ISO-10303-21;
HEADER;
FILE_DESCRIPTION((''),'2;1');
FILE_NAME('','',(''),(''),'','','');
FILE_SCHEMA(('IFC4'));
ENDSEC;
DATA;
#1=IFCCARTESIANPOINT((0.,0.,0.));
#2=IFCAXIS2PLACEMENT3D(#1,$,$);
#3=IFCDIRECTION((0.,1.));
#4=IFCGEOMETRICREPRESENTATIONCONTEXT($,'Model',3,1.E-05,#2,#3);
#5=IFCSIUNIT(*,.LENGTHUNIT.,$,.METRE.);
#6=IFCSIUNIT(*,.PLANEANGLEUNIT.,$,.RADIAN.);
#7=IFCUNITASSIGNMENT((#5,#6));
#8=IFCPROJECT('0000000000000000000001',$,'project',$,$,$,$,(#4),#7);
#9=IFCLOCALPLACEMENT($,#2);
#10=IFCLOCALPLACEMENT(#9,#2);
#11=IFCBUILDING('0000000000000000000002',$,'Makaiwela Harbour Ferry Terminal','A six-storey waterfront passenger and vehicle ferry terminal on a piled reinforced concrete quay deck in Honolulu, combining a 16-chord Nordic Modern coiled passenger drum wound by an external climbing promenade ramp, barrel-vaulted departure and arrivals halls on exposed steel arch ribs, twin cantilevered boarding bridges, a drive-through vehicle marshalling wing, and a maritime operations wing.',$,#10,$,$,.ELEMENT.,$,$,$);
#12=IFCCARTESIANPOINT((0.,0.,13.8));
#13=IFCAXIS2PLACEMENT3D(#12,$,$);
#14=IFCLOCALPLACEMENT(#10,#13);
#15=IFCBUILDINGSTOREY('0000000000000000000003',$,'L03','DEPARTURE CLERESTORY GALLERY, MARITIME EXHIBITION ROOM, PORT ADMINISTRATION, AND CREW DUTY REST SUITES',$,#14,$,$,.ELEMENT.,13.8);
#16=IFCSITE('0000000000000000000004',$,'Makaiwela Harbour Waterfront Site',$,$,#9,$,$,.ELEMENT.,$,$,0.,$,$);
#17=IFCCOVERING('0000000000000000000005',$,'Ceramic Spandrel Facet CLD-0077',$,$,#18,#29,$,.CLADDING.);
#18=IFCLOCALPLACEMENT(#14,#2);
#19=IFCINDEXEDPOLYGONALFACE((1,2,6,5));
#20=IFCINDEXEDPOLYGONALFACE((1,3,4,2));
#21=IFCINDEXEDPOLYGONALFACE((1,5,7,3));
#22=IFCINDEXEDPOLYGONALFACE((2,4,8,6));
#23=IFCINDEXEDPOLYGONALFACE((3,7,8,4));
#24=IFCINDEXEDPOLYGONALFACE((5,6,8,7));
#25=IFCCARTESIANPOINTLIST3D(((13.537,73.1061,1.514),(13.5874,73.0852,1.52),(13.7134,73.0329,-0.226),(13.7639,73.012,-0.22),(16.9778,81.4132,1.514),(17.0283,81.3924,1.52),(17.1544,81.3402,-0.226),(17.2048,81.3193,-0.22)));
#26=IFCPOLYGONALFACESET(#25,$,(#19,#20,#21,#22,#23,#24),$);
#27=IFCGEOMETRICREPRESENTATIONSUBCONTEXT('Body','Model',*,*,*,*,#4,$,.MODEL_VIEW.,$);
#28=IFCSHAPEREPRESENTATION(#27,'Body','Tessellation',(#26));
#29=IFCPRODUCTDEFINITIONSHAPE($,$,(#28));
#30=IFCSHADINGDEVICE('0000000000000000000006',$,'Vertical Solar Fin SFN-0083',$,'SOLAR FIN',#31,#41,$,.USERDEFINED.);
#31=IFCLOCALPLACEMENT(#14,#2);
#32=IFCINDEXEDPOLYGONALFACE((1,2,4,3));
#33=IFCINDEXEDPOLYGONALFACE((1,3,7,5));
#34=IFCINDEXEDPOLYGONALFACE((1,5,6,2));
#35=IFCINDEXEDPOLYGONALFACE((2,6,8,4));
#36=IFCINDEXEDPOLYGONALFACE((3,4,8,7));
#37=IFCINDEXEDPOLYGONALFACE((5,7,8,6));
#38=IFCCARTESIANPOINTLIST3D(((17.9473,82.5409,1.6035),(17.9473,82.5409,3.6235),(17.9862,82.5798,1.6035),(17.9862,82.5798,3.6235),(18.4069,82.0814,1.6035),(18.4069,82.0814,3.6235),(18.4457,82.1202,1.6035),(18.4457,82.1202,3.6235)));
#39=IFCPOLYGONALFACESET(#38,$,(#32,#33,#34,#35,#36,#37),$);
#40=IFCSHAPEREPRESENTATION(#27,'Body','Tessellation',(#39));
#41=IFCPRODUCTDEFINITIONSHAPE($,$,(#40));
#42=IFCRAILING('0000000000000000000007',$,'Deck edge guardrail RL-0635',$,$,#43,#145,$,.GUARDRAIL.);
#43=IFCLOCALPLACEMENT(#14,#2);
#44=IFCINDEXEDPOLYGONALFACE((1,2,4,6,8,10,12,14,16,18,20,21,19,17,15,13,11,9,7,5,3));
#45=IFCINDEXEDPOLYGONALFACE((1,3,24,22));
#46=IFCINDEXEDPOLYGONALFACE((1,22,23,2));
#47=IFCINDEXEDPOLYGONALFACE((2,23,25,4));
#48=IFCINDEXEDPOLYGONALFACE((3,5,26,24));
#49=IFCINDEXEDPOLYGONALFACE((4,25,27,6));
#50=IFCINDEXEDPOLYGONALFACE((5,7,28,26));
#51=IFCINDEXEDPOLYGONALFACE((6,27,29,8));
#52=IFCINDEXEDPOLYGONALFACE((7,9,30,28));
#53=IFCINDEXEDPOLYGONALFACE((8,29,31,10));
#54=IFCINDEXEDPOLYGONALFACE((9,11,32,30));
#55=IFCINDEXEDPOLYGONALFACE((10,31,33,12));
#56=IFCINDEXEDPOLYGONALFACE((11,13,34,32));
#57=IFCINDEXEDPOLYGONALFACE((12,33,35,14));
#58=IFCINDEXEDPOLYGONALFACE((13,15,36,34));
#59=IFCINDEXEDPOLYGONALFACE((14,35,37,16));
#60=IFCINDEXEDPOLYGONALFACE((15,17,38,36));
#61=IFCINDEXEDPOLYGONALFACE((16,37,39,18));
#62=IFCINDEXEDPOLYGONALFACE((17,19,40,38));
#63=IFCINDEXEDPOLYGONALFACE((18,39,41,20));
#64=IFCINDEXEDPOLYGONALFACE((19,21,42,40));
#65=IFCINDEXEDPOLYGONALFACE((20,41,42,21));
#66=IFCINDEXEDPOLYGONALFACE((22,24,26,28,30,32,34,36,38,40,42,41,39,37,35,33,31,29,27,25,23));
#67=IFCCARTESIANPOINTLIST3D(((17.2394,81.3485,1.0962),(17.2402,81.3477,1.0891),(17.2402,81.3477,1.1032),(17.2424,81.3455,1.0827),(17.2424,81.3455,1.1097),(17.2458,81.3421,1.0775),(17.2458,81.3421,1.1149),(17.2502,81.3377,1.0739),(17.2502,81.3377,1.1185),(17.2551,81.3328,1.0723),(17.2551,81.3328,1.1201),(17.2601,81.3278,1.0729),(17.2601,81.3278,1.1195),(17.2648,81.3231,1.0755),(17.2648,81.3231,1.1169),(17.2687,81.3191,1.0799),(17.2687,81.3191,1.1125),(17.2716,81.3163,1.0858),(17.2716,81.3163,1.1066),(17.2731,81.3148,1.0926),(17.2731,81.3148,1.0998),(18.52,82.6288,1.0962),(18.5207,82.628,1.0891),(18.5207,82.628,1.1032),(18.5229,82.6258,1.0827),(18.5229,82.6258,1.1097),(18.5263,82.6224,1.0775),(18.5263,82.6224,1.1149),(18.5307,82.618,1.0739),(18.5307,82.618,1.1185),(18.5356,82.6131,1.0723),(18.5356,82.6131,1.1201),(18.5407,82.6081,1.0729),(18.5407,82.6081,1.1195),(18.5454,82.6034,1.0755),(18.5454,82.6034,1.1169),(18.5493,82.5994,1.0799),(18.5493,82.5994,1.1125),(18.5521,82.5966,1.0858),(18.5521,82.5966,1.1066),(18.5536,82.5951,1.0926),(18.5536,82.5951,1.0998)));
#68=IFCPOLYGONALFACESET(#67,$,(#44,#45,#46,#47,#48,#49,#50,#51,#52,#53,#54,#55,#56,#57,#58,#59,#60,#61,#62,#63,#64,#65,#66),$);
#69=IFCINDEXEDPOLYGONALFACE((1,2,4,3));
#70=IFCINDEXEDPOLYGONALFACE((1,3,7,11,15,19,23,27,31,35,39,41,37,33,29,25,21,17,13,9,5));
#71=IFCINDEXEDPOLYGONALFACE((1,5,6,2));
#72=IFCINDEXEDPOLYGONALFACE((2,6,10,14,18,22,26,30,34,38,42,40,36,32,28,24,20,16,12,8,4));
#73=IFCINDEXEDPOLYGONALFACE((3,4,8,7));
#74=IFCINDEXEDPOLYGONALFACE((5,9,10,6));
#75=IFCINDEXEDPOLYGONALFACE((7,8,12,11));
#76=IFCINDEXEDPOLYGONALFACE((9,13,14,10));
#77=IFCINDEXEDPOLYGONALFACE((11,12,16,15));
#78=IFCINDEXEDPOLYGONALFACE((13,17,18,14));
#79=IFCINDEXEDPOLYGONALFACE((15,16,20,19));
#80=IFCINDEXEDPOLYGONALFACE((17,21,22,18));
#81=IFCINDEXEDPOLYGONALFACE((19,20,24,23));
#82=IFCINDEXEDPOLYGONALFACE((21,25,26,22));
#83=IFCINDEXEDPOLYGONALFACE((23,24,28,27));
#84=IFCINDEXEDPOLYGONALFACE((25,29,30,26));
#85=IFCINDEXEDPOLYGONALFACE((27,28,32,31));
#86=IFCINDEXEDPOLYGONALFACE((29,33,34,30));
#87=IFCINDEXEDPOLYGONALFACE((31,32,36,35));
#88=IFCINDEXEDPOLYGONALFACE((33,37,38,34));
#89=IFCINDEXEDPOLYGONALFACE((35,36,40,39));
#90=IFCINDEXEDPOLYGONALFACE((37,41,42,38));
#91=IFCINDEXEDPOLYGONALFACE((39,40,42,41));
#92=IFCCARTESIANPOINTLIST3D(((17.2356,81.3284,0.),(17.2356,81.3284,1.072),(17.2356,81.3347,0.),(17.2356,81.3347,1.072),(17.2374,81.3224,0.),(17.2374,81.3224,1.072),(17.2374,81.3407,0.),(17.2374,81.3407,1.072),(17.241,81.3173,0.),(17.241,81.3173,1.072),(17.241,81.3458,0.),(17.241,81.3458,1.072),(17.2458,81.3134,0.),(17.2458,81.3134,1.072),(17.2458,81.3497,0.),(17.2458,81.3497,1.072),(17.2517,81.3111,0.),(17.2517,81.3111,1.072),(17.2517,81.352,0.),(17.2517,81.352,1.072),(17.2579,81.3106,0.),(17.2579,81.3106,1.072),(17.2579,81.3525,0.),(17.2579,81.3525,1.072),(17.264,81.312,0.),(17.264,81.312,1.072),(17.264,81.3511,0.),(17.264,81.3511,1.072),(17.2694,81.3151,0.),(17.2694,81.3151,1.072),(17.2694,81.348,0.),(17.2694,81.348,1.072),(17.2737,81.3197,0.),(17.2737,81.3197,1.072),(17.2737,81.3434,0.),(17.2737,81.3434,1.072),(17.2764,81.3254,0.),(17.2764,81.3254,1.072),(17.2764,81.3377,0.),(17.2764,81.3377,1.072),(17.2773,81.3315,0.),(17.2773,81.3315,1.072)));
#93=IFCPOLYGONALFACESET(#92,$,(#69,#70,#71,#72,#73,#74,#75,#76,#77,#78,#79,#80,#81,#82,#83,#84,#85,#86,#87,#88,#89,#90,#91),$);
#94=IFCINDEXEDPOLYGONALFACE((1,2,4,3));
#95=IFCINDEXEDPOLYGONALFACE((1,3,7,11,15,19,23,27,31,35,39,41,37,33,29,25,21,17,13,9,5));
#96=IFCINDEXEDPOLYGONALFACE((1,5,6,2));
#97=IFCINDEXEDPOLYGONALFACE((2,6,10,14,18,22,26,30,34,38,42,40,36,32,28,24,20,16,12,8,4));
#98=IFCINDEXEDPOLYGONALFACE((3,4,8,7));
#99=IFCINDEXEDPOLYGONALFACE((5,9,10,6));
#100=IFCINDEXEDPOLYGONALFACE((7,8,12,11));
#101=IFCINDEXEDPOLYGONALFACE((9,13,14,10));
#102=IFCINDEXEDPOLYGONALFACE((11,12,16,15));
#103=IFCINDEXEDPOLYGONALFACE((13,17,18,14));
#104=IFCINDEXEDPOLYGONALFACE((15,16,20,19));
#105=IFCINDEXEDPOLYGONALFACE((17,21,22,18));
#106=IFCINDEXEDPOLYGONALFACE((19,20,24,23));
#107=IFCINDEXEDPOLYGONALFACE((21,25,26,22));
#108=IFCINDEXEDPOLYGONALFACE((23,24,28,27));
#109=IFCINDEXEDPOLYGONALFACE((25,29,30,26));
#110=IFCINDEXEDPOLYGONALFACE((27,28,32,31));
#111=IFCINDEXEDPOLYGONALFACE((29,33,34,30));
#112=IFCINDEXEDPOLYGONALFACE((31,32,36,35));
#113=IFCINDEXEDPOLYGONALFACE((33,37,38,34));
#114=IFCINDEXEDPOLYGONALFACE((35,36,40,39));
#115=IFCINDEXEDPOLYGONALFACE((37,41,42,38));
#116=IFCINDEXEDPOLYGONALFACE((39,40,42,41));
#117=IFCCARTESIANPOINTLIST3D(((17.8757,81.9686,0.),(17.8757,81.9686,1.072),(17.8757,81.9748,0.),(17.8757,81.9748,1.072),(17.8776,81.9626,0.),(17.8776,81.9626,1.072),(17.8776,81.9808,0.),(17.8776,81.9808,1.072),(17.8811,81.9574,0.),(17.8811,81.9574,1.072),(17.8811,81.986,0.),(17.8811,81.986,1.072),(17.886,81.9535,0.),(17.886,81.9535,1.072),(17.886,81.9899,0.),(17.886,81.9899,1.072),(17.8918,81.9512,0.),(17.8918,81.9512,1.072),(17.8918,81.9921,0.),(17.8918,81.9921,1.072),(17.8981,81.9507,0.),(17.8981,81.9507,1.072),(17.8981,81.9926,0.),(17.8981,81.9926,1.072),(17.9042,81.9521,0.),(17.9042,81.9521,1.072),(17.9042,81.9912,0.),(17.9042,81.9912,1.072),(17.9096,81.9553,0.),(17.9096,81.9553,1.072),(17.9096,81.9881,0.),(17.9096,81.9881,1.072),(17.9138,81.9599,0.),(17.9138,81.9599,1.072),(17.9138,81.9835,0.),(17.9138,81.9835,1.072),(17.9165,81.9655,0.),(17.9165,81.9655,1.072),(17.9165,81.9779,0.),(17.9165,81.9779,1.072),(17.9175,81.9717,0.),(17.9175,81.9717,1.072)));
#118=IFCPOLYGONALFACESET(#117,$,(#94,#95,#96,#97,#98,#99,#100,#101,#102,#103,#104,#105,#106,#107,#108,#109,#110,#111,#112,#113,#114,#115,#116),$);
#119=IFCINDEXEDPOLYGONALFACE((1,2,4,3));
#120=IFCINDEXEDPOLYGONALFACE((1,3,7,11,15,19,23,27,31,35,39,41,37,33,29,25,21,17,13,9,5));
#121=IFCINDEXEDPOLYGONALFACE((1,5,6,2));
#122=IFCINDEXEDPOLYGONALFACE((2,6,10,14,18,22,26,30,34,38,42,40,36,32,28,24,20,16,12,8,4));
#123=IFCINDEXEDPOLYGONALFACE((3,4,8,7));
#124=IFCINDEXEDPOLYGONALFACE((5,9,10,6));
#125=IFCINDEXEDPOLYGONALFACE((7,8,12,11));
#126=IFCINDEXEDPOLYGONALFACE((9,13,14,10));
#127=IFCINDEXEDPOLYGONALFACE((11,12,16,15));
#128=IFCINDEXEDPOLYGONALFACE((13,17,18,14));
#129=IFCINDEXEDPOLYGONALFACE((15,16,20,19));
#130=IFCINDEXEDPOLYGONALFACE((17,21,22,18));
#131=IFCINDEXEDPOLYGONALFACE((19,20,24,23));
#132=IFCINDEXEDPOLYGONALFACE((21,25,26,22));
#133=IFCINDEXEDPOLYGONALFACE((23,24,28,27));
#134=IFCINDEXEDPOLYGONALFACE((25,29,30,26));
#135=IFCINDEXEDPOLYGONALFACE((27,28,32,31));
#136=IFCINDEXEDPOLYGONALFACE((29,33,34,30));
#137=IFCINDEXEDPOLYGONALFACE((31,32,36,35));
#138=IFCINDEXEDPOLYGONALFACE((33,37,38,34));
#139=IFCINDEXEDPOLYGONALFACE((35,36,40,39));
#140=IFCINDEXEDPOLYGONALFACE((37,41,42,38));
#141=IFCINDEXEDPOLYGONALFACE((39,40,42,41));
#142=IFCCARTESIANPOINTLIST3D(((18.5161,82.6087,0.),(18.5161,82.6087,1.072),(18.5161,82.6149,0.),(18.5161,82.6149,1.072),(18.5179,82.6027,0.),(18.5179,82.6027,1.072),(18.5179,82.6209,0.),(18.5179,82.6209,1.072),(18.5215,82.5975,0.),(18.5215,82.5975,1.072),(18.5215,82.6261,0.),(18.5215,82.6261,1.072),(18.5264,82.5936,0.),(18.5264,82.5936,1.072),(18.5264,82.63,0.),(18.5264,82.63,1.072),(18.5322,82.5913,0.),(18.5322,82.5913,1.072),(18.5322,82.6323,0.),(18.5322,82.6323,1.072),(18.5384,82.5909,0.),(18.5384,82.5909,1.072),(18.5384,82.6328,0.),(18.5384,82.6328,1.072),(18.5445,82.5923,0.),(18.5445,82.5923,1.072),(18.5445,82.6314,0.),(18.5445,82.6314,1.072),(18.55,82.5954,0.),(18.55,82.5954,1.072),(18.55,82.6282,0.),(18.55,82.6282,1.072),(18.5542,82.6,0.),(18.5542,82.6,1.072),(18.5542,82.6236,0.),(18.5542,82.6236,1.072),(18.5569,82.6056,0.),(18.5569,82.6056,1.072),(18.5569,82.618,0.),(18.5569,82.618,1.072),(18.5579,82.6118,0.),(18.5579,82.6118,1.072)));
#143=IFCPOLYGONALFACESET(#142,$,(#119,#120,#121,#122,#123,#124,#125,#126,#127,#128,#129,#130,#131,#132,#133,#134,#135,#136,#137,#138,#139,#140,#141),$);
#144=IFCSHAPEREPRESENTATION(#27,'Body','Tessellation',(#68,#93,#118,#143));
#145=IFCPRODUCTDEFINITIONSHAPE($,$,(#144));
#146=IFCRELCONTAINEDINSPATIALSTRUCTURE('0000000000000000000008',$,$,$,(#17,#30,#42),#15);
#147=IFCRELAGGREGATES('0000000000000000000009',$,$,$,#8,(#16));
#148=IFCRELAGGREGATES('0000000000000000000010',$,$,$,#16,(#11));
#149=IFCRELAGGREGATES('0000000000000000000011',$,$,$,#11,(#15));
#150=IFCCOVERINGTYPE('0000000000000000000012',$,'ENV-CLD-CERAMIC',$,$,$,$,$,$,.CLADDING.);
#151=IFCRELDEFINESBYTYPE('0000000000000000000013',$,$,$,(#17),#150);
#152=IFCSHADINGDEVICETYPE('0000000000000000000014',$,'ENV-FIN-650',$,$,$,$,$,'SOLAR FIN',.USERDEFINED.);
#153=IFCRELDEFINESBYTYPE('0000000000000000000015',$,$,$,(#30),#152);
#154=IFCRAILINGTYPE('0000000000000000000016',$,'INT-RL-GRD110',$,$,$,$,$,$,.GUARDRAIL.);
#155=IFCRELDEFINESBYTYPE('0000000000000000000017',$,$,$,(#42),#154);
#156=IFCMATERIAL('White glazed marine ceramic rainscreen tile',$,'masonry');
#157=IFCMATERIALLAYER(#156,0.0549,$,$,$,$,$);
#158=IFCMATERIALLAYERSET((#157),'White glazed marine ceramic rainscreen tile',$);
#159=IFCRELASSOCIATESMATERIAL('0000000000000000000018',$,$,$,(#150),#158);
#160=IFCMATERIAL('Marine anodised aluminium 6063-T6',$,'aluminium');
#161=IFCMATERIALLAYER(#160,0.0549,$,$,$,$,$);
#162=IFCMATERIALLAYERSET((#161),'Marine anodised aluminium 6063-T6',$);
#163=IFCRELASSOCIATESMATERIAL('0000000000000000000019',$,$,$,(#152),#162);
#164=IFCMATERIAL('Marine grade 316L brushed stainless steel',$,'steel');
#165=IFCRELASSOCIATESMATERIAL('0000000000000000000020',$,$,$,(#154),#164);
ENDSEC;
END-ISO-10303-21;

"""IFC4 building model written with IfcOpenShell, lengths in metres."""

from ifc_helpers import new_model, si_unit, direction, frame, origin, origin_2d, place, context, subcontext, project, spatial, polyline, rectangle, circle, outline, extrude, material, layer, layer_set, type_object, element, save


model = new_model("IFC4")

# Units and contexts
model_context = context("Model", 3, precision=1e-05, world=origin(), true_north=direction((0.0, 1.0)))
body_context = subcontext(model_context, "Body", "Model", "MODEL_VIEW")
ifc_project = project(units=[si_unit("LENGTHUNIT", "METRE"), si_unit("PLANEANGLEUNIT", "RADIAN")], contexts=[model_context])

# Site, building, storey
site_placement = place(None, origin())
site = spatial("IfcSite", under=ifc_project, at=site_placement, Name="Makaiwela Harbour Waterfront Site", CompositionType="ELEMENT", RefElevation=0.0)
building_placement = place(site_placement, origin())
building = spatial("IfcBuilding", under=site, at=building_placement, Name="Makaiwela Harbour Ferry Terminal", Description="A six-storey waterfront passenger and vehicle ferry terminal on a piled reinforced concrete quay deck in Honolulu, combining a 16-chord Nordic Modern coiled passenger drum wound by an external climbing promenade ramp, barrel-vaulted departure and arrivals halls on exposed steel arch ribs, twin cantilevered boarding bridges, a drive-through vehicle marshalling wing, and a maritime operations wing.", CompositionType="ELEMENT")
storey_placement = place(building_placement, frame((0.0, 0.0, 13.8)))
storey = spatial("IfcBuildingStorey", under=building, at=storey_placement, Name="L03", Description="DEPARTURE CLERESTORY GALLERY, MARITIME EXHIBITION ROOM, PORT ADMINISTRATION, AND CREW DUTY REST SUITES", CompositionType="ELEMENT", Elevation=13.8)

# Shared definitions
ifc_material_1 = material(Name="Marine anodised aluminium 6063-T6", Category="aluminium")

# Covering
ifc_material_2 = material(Name="White glazed marine ceramic rainscreen tile", Category="masonry")
ifc_layer_1 = layer(ifc_material_2, 0.0549)
ifc_layer_set_1 = layer_set([ifc_layer_1], Name="White glazed marine ceramic rainscreen tile")
covering_type = type_object("IfcCoveringType", Name="ENV-CLD-CERAMIC", PredefinedType="CLADDING", material=ifc_layer_set_1)
covering_placement = place(storey_placement, frame((17.2048, 81.3193, -0.22), z_axis=(0.918362, -0.380392, 0.109149), x_axis=(-0.382678, -0.923882, -0.000001)))
element("IfcCovering", 1, at=covering_placement, inside=storey, type_object=covering_type, Name="Ceramic Spandrel Facet CLD-0077", PredefinedType="CLADDING", context=body_context, shape_type="SweptSolid", body=[
    extrude(outline(polyline([(0.0, 0.0), (8.9918, 0.0), (8.9917, -1.7505), (0.0001, -1.7504), (0.0, 0.0)])), origin(), (0.0, 0.0, -1.0), 0.0549),
])

# Shading device
ifc_layer_2 = layer(ifc_material_1, 0.0549)
ifc_layer_set_2 = layer_set([ifc_layer_2], Name="Marine anodised aluminium 6063-T6")
shading_device_type = type_object("IfcShadingDeviceType", Name="ENV-FIN-650", ElementType="SOLAR FIN", PredefinedType="USERDEFINED", material=ifc_layer_set_2)
shading_device_placement = place(storey_placement, frame((18.1965, 82.3306, 1.6035), z_axis=(0.0, 0.0, 1.0), x_axis=(-0.707107, 0.707107, 0.0)))
element("IfcShadingDevice", 2, at=shading_device_placement, inside=storey, type_object=shading_device_type, Name="Vertical Solar Fin SFN-0083", ObjectType="SOLAR FIN", PredefinedType="USERDEFINED", context=body_context, shape_type="SweptSolid", body=[
    extrude(rectangle(XDim=0.6499, YDim=0.0549, at=origin_2d()), origin(), (0.0, 0.0, 1.0), 2.02),
])

# Railing
ifc_material_3 = material(Name="Marine grade 316L brushed stainless steel", Category="steel")
railing_type_1 = type_object("IfcRailingType", Name="INT-RL-GRD110", PredefinedType="GUARDRAIL", material=ifc_material_3)
railing_1_placement = place(storey_placement, frame((17.2563, 81.3315, 0.0)))
element("IfcRailing", 3, at=railing_1_placement, inside=storey, type_object=railing_type_1, Name="Deck edge guardrail RL-0635", PredefinedType="GUARDRAIL", context=body_context, shape_type="SweptSolid", body=[
    extrude(circle(Radius=0.0239, at=origin_2d()), frame((0.0, 0.0, 1.0962), z_axis=(0.707174, 0.707039, 0.0), x_axis=(-0.707039, 0.707174, 0.0)), (0.0, 0.0, 1.0), 1.8108),
    extrude(circle(Radius=0.021, at=origin_2d()), origin(), (0.0, 0.0, 1.0), 1.072),
    extrude(circle(Radius=0.021, at=origin_2d()), frame((0.6401, 0.6401, 0.0)), (0.0, 0.0, 1.0), 1.072),
    extrude(circle(Radius=0.021, at=origin_2d()), frame((1.2805, 1.2803, 0.0)), (0.0, 0.0, 1.0), 1.072),
])

save(model, "model.ifc")
